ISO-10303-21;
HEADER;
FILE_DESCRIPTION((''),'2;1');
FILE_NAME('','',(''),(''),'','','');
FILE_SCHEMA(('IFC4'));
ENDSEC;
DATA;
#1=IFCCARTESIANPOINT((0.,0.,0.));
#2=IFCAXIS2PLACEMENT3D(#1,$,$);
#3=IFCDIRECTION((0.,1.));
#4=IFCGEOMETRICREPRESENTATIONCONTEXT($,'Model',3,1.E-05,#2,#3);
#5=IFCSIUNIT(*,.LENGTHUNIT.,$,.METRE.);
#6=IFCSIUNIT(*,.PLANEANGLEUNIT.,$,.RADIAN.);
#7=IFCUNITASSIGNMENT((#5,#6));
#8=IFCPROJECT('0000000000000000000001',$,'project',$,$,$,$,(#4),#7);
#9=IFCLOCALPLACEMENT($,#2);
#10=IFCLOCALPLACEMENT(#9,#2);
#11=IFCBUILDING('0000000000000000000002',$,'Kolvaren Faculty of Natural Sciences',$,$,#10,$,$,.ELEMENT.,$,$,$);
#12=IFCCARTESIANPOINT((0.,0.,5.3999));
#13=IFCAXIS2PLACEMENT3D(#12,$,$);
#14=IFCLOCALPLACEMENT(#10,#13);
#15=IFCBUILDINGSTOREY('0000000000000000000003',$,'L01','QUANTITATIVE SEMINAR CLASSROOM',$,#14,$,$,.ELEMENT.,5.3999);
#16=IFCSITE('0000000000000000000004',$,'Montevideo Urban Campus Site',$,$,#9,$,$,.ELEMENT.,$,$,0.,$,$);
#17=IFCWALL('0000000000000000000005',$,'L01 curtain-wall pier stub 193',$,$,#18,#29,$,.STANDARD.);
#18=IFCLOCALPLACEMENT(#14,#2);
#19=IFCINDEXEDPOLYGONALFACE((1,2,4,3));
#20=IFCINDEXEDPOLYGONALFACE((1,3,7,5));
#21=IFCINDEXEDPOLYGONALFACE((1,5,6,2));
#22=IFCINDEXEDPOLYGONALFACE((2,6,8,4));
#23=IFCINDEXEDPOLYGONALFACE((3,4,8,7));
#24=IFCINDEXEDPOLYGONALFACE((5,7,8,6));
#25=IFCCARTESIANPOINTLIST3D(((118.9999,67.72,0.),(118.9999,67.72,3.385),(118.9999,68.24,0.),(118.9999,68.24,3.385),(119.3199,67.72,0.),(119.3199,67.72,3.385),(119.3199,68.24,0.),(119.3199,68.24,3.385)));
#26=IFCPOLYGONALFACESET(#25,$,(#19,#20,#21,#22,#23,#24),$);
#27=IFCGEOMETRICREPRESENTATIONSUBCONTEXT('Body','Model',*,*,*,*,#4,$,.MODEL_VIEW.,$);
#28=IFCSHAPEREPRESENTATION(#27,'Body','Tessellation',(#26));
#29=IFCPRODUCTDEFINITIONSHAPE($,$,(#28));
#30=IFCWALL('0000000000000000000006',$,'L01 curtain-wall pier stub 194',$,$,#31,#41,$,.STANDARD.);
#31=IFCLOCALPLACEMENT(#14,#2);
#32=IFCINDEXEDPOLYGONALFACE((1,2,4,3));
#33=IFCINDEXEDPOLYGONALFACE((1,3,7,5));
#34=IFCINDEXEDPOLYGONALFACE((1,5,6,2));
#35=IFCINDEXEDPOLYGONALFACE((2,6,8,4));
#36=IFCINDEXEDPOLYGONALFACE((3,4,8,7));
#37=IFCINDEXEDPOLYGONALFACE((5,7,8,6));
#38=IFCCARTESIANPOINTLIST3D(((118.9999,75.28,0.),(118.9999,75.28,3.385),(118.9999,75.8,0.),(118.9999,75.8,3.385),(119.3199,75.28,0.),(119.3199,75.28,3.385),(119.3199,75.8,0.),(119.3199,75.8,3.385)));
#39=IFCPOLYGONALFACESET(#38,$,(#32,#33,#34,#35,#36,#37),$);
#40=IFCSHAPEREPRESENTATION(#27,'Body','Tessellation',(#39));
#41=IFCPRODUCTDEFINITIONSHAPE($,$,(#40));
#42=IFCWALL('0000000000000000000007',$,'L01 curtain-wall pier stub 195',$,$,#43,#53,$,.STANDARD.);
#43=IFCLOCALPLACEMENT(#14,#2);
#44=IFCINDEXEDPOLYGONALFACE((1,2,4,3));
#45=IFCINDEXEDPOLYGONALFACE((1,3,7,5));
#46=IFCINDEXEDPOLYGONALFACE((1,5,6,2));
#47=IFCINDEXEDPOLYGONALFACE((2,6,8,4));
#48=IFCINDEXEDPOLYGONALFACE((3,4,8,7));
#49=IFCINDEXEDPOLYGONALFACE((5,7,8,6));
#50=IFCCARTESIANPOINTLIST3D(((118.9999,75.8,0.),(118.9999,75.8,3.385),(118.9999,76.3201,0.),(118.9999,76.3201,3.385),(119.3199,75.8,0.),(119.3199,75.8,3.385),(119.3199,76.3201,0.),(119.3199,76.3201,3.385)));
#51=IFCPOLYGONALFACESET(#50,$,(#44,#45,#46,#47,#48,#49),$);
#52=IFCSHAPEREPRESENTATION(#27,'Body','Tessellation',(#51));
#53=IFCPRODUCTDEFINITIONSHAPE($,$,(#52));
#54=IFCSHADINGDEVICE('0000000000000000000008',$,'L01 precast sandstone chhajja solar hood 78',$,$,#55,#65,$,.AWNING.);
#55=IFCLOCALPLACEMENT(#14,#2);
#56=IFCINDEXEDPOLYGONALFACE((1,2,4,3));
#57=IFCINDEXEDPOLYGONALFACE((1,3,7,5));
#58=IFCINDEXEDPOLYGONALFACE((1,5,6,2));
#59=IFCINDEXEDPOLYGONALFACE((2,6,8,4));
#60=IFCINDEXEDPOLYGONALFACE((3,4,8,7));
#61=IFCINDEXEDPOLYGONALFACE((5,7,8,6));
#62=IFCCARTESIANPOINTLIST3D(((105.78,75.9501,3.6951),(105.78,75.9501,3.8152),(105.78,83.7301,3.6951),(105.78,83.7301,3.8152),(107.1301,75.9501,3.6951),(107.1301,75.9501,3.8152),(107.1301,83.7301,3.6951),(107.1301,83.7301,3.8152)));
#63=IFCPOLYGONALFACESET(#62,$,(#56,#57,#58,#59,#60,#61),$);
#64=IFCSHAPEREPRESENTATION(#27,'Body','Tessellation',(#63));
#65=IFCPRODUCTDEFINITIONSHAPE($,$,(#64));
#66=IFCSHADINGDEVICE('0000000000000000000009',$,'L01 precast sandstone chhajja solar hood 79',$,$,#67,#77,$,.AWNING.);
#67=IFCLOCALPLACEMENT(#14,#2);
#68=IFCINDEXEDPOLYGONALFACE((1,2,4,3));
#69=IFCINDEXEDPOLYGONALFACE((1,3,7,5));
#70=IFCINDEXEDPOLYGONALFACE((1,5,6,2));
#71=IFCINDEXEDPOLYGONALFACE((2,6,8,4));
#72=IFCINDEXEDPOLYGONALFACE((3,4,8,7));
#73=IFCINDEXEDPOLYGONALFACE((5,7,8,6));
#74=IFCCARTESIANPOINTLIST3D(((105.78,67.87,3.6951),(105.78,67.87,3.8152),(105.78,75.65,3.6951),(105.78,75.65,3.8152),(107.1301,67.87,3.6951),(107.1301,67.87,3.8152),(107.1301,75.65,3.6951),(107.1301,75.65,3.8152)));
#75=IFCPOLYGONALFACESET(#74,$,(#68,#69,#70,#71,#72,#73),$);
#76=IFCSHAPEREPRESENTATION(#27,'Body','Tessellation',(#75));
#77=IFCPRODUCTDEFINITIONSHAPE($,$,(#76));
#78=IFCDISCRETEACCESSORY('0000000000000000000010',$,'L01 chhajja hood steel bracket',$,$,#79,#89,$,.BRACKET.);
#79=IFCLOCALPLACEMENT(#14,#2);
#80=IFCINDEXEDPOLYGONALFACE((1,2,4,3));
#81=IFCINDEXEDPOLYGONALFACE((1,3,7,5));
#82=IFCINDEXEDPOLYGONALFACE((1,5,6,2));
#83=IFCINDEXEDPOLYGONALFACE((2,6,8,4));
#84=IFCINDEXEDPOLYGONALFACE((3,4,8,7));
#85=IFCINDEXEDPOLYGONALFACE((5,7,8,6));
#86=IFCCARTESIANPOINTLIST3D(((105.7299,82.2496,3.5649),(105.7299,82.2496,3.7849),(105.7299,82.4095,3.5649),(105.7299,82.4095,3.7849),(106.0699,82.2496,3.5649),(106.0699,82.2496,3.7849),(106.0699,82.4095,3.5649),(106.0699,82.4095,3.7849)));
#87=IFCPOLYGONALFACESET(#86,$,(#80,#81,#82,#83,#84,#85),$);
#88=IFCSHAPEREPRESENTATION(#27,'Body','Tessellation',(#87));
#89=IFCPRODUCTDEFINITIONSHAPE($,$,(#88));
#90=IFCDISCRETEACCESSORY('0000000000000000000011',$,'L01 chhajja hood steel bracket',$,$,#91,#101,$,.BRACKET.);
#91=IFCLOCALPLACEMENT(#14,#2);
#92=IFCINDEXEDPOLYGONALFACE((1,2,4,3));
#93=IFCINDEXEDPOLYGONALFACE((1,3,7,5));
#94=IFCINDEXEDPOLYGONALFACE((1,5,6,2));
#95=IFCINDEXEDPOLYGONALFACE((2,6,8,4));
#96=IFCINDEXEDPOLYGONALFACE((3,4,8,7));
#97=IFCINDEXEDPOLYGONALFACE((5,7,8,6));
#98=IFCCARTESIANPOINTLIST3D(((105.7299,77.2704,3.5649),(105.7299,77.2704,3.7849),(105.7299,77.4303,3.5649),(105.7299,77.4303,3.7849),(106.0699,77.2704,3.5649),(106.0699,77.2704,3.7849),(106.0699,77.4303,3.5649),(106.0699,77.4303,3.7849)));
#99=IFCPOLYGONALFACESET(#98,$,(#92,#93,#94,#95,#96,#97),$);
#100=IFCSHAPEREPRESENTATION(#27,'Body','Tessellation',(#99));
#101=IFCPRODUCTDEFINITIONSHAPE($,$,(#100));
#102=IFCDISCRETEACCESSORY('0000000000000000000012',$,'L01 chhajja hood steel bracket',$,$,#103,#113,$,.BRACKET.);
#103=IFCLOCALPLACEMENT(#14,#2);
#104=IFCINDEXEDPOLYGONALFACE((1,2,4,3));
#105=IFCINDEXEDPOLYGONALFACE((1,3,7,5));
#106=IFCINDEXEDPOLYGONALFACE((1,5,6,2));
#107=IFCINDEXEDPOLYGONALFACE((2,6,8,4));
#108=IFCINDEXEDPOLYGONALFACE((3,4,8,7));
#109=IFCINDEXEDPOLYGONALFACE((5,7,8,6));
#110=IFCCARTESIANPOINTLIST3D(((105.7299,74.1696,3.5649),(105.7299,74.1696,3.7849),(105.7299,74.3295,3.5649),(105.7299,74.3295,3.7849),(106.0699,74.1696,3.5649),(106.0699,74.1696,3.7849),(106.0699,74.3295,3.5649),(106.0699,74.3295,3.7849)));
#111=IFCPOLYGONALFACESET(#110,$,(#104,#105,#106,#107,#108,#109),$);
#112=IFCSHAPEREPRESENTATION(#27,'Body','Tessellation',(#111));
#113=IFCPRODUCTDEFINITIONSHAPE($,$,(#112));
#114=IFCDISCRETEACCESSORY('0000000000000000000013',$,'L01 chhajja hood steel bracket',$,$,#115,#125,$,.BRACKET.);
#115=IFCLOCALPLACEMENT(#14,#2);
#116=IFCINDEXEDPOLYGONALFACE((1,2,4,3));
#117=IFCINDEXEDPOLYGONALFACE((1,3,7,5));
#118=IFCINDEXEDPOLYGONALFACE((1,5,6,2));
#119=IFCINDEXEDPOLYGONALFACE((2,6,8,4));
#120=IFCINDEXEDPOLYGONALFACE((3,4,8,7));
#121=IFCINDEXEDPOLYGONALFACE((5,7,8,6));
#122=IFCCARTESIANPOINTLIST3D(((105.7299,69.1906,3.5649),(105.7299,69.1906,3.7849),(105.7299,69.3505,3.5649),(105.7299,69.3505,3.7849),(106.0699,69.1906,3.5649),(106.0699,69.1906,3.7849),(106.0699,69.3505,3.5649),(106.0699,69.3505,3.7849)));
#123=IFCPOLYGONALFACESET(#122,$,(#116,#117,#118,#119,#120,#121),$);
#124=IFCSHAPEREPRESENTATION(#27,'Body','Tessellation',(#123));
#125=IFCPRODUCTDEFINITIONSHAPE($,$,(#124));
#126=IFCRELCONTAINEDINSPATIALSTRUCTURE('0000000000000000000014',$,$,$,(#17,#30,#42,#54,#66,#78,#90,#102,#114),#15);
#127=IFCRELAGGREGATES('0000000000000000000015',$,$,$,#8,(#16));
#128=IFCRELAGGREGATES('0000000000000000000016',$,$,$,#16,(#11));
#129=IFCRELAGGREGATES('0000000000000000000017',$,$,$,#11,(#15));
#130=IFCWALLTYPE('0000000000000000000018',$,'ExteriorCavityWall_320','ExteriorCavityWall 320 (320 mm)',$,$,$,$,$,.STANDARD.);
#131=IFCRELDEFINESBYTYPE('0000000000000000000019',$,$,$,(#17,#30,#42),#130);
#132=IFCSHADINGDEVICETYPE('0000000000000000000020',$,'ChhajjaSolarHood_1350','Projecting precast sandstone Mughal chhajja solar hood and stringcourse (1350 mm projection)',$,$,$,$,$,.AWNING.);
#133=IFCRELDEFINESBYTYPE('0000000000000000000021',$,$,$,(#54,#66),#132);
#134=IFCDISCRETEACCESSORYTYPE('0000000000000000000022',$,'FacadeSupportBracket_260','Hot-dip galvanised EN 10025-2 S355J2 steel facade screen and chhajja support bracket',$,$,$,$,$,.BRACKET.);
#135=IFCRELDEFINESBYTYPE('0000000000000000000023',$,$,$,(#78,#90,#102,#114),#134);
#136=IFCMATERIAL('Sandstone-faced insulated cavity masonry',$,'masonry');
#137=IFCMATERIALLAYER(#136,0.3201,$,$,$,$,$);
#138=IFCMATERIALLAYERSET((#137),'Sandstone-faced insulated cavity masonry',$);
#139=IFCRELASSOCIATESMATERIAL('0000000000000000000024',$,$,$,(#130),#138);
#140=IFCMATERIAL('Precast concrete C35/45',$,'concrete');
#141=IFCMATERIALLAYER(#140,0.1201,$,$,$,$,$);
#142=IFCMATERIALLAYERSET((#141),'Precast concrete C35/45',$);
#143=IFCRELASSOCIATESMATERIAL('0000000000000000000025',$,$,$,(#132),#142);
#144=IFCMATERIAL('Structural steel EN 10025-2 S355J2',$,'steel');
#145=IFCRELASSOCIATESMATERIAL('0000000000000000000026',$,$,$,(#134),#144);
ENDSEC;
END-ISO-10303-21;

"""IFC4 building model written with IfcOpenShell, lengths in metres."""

from ifc_helpers import new_model, si_unit, direction, frame, frame_2d, origin, origin_2d, place, context, subcontext, project, spatial, rectangle, extrude, material, layer, layer_set, type_object, element, save


model = new_model("IFC4")

# Units and contexts
model_context = context("Model", 3, precision=1e-05, world=origin(), true_north=direction((0.0, 1.0)))
body_context = subcontext(model_context, "Body", "Model", "MODEL_VIEW")
ifc_project = project(units=[si_unit("LENGTHUNIT", "METRE"), si_unit("PLANEANGLEUNIT", "RADIAN")], contexts=[model_context])

# Site, building, storey
site_placement = place(None, origin())
site = spatial("IfcSite", under=ifc_project, at=site_placement, Name="Montevideo Urban Campus Site", CompositionType="ELEMENT", RefElevation=0.0)
building_placement = place(site_placement, origin())
building = spatial("IfcBuilding", under=site, at=building_placement, Name="Kolvaren Faculty of Natural Sciences", CompositionType="ELEMENT")
storey_placement = place(building_placement, frame((0.0, 0.0, 5.3999)))
storey = spatial("IfcBuildingStorey", under=building, at=storey_placement, Name="L01", Description="QUANTITATIVE SEMINAR CLASSROOM", CompositionType="ELEMENT", Elevation=5.3999)

# Walls
ifc_material_1 = material(Name="Sandstone-faced insulated cavity masonry", Category="masonry")
ifc_layer_1 = layer(ifc_material_1, 0.3201)
ifc_layer_set_1 = layer_set([ifc_layer_1], Name="Sandstone-faced insulated cavity masonry")
wall_type = type_object("IfcWallType", Name="ExteriorCavityWall_320", Description="ExteriorCavityWall 320 (320 mm)", PredefinedType="STANDARD", material=ifc_layer_set_1)
for number, where, z_axis, x_axis, name in (
    (1, (119.1599, 67.72, 0.0), (0.0, 0.0, 1.0), (0.0, 1.0, 0.0), "L01 curtain-wall pier stub 193"),
    (2, (119.1599, 75.28, 0.0), (0.0, 0.0, 1.0), (0.0, 1.0, 0.0), "L01 curtain-wall pier stub 194"),
    (3, (119.1599, 75.8, 0.0), (0.0, 0.0, 1.0), (0.0, 1.0, 0.0), "L01 curtain-wall pier stub 195"),
):
    element("IfcWall", number, at=place(storey_placement, frame(where, z_axis=z_axis, x_axis=x_axis)), inside=storey, type_object=wall_type, Name=name, PredefinedType="STANDARD", context=body_context, shape_type="SweptSolid", body=[
        extrude(rectangle(XDim=0.52, YDim=0.3201, at=frame_2d((0.26, 0.0))), origin(), (0.0, 0.0, 1.0), 3.385),
    ])

# Shading devices
ifc_material_2 = material(Name="Precast concrete C35/45", Category="concrete")
ifc_layer_2 = layer(ifc_material_2, 0.1201)
ifc_layer_set_2 = layer_set([ifc_layer_2], Name="Precast concrete C35/45")
shading_device_type = type_object("IfcShadingDeviceType", Name="ChhajjaSolarHood_1350", Description="Projecting precast sandstone Mughal chhajja solar hood and stringcourse (1350 mm projection)", PredefinedType="AWNING", material=ifc_layer_set_2)
for number, where, z_axis, x_axis, name in (
    (4, (106.4551, 79.8401, 3.6951), (0.0, 0.0, 1.0), (0.0, -1.0, 0.0), "L01 precast sandstone chhajja solar hood 78"),
    (5, (106.4551, 71.76, 3.6951), (0.0, 0.0, 1.0), (0.0, -1.0, 0.0), "L01 precast sandstone chhajja solar hood 79"),
):
    element("IfcShadingDevice", number, at=place(storey_placement, frame(where, z_axis=z_axis, x_axis=x_axis)), inside=storey, type_object=shading_device_type, Name=name, PredefinedType="AWNING", context=body_context, shape_type="SweptSolid", body=[
        extrude(rectangle(XDim=7.78, YDim=1.3501, at=origin_2d()), origin(), (0.0, 0.0, 1.0), 0.1201),
    ])

# Discrete accessories
ifc_material_3 = material(Name="Structural steel EN 10025-2 S355J2", Category="steel")
discrete_accessory_type = type_object("IfcDiscreteAccessoryType", Name="FacadeSupportBracket_260", Description="Hot-dip galvanised EN 10025-2 S355J2 steel facade screen and chhajja support bracket", PredefinedType="BRACKET", material=ifc_material_3)
for number, where, z_axis, x_axis, name in (
    (6, (105.8999, 82.3296, 3.5649), (0.0, 0.0, 1.0), (0.0, -1.0, 0.0), "L01 chhajja hood steel bracket"),
    (7, (105.8999, 77.3503, 3.5649), (0.0, 0.0, 1.0), (0.0, -1.0, 0.0), "L01 chhajja hood steel bracket"),
    (8, (105.8999, 74.2495, 3.5649), (0.0, 0.0, 1.0), (0.0, -1.0, 0.0), "L01 chhajja hood steel bracket"),
    (9, (105.8999, 69.2705, 3.5649), (0.0, 0.0, 1.0), (0.0, -1.0, 0.0), "L01 chhajja hood steel bracket"),
):
    element("IfcDiscreteAccessory", number, at=place(storey_placement, frame(where, z_axis=z_axis, x_axis=x_axis)), inside=storey, type_object=discrete_accessory_type, Name=name, PredefinedType="BRACKET", context=body_context, shape_type="SweptSolid", body=[
        extrude(rectangle(XDim=0.1599, YDim=0.3401, at=origin_2d()), origin(), (0.0, 0.0, 1.0), 0.22),
    ])

save(model, "model.ifc")
